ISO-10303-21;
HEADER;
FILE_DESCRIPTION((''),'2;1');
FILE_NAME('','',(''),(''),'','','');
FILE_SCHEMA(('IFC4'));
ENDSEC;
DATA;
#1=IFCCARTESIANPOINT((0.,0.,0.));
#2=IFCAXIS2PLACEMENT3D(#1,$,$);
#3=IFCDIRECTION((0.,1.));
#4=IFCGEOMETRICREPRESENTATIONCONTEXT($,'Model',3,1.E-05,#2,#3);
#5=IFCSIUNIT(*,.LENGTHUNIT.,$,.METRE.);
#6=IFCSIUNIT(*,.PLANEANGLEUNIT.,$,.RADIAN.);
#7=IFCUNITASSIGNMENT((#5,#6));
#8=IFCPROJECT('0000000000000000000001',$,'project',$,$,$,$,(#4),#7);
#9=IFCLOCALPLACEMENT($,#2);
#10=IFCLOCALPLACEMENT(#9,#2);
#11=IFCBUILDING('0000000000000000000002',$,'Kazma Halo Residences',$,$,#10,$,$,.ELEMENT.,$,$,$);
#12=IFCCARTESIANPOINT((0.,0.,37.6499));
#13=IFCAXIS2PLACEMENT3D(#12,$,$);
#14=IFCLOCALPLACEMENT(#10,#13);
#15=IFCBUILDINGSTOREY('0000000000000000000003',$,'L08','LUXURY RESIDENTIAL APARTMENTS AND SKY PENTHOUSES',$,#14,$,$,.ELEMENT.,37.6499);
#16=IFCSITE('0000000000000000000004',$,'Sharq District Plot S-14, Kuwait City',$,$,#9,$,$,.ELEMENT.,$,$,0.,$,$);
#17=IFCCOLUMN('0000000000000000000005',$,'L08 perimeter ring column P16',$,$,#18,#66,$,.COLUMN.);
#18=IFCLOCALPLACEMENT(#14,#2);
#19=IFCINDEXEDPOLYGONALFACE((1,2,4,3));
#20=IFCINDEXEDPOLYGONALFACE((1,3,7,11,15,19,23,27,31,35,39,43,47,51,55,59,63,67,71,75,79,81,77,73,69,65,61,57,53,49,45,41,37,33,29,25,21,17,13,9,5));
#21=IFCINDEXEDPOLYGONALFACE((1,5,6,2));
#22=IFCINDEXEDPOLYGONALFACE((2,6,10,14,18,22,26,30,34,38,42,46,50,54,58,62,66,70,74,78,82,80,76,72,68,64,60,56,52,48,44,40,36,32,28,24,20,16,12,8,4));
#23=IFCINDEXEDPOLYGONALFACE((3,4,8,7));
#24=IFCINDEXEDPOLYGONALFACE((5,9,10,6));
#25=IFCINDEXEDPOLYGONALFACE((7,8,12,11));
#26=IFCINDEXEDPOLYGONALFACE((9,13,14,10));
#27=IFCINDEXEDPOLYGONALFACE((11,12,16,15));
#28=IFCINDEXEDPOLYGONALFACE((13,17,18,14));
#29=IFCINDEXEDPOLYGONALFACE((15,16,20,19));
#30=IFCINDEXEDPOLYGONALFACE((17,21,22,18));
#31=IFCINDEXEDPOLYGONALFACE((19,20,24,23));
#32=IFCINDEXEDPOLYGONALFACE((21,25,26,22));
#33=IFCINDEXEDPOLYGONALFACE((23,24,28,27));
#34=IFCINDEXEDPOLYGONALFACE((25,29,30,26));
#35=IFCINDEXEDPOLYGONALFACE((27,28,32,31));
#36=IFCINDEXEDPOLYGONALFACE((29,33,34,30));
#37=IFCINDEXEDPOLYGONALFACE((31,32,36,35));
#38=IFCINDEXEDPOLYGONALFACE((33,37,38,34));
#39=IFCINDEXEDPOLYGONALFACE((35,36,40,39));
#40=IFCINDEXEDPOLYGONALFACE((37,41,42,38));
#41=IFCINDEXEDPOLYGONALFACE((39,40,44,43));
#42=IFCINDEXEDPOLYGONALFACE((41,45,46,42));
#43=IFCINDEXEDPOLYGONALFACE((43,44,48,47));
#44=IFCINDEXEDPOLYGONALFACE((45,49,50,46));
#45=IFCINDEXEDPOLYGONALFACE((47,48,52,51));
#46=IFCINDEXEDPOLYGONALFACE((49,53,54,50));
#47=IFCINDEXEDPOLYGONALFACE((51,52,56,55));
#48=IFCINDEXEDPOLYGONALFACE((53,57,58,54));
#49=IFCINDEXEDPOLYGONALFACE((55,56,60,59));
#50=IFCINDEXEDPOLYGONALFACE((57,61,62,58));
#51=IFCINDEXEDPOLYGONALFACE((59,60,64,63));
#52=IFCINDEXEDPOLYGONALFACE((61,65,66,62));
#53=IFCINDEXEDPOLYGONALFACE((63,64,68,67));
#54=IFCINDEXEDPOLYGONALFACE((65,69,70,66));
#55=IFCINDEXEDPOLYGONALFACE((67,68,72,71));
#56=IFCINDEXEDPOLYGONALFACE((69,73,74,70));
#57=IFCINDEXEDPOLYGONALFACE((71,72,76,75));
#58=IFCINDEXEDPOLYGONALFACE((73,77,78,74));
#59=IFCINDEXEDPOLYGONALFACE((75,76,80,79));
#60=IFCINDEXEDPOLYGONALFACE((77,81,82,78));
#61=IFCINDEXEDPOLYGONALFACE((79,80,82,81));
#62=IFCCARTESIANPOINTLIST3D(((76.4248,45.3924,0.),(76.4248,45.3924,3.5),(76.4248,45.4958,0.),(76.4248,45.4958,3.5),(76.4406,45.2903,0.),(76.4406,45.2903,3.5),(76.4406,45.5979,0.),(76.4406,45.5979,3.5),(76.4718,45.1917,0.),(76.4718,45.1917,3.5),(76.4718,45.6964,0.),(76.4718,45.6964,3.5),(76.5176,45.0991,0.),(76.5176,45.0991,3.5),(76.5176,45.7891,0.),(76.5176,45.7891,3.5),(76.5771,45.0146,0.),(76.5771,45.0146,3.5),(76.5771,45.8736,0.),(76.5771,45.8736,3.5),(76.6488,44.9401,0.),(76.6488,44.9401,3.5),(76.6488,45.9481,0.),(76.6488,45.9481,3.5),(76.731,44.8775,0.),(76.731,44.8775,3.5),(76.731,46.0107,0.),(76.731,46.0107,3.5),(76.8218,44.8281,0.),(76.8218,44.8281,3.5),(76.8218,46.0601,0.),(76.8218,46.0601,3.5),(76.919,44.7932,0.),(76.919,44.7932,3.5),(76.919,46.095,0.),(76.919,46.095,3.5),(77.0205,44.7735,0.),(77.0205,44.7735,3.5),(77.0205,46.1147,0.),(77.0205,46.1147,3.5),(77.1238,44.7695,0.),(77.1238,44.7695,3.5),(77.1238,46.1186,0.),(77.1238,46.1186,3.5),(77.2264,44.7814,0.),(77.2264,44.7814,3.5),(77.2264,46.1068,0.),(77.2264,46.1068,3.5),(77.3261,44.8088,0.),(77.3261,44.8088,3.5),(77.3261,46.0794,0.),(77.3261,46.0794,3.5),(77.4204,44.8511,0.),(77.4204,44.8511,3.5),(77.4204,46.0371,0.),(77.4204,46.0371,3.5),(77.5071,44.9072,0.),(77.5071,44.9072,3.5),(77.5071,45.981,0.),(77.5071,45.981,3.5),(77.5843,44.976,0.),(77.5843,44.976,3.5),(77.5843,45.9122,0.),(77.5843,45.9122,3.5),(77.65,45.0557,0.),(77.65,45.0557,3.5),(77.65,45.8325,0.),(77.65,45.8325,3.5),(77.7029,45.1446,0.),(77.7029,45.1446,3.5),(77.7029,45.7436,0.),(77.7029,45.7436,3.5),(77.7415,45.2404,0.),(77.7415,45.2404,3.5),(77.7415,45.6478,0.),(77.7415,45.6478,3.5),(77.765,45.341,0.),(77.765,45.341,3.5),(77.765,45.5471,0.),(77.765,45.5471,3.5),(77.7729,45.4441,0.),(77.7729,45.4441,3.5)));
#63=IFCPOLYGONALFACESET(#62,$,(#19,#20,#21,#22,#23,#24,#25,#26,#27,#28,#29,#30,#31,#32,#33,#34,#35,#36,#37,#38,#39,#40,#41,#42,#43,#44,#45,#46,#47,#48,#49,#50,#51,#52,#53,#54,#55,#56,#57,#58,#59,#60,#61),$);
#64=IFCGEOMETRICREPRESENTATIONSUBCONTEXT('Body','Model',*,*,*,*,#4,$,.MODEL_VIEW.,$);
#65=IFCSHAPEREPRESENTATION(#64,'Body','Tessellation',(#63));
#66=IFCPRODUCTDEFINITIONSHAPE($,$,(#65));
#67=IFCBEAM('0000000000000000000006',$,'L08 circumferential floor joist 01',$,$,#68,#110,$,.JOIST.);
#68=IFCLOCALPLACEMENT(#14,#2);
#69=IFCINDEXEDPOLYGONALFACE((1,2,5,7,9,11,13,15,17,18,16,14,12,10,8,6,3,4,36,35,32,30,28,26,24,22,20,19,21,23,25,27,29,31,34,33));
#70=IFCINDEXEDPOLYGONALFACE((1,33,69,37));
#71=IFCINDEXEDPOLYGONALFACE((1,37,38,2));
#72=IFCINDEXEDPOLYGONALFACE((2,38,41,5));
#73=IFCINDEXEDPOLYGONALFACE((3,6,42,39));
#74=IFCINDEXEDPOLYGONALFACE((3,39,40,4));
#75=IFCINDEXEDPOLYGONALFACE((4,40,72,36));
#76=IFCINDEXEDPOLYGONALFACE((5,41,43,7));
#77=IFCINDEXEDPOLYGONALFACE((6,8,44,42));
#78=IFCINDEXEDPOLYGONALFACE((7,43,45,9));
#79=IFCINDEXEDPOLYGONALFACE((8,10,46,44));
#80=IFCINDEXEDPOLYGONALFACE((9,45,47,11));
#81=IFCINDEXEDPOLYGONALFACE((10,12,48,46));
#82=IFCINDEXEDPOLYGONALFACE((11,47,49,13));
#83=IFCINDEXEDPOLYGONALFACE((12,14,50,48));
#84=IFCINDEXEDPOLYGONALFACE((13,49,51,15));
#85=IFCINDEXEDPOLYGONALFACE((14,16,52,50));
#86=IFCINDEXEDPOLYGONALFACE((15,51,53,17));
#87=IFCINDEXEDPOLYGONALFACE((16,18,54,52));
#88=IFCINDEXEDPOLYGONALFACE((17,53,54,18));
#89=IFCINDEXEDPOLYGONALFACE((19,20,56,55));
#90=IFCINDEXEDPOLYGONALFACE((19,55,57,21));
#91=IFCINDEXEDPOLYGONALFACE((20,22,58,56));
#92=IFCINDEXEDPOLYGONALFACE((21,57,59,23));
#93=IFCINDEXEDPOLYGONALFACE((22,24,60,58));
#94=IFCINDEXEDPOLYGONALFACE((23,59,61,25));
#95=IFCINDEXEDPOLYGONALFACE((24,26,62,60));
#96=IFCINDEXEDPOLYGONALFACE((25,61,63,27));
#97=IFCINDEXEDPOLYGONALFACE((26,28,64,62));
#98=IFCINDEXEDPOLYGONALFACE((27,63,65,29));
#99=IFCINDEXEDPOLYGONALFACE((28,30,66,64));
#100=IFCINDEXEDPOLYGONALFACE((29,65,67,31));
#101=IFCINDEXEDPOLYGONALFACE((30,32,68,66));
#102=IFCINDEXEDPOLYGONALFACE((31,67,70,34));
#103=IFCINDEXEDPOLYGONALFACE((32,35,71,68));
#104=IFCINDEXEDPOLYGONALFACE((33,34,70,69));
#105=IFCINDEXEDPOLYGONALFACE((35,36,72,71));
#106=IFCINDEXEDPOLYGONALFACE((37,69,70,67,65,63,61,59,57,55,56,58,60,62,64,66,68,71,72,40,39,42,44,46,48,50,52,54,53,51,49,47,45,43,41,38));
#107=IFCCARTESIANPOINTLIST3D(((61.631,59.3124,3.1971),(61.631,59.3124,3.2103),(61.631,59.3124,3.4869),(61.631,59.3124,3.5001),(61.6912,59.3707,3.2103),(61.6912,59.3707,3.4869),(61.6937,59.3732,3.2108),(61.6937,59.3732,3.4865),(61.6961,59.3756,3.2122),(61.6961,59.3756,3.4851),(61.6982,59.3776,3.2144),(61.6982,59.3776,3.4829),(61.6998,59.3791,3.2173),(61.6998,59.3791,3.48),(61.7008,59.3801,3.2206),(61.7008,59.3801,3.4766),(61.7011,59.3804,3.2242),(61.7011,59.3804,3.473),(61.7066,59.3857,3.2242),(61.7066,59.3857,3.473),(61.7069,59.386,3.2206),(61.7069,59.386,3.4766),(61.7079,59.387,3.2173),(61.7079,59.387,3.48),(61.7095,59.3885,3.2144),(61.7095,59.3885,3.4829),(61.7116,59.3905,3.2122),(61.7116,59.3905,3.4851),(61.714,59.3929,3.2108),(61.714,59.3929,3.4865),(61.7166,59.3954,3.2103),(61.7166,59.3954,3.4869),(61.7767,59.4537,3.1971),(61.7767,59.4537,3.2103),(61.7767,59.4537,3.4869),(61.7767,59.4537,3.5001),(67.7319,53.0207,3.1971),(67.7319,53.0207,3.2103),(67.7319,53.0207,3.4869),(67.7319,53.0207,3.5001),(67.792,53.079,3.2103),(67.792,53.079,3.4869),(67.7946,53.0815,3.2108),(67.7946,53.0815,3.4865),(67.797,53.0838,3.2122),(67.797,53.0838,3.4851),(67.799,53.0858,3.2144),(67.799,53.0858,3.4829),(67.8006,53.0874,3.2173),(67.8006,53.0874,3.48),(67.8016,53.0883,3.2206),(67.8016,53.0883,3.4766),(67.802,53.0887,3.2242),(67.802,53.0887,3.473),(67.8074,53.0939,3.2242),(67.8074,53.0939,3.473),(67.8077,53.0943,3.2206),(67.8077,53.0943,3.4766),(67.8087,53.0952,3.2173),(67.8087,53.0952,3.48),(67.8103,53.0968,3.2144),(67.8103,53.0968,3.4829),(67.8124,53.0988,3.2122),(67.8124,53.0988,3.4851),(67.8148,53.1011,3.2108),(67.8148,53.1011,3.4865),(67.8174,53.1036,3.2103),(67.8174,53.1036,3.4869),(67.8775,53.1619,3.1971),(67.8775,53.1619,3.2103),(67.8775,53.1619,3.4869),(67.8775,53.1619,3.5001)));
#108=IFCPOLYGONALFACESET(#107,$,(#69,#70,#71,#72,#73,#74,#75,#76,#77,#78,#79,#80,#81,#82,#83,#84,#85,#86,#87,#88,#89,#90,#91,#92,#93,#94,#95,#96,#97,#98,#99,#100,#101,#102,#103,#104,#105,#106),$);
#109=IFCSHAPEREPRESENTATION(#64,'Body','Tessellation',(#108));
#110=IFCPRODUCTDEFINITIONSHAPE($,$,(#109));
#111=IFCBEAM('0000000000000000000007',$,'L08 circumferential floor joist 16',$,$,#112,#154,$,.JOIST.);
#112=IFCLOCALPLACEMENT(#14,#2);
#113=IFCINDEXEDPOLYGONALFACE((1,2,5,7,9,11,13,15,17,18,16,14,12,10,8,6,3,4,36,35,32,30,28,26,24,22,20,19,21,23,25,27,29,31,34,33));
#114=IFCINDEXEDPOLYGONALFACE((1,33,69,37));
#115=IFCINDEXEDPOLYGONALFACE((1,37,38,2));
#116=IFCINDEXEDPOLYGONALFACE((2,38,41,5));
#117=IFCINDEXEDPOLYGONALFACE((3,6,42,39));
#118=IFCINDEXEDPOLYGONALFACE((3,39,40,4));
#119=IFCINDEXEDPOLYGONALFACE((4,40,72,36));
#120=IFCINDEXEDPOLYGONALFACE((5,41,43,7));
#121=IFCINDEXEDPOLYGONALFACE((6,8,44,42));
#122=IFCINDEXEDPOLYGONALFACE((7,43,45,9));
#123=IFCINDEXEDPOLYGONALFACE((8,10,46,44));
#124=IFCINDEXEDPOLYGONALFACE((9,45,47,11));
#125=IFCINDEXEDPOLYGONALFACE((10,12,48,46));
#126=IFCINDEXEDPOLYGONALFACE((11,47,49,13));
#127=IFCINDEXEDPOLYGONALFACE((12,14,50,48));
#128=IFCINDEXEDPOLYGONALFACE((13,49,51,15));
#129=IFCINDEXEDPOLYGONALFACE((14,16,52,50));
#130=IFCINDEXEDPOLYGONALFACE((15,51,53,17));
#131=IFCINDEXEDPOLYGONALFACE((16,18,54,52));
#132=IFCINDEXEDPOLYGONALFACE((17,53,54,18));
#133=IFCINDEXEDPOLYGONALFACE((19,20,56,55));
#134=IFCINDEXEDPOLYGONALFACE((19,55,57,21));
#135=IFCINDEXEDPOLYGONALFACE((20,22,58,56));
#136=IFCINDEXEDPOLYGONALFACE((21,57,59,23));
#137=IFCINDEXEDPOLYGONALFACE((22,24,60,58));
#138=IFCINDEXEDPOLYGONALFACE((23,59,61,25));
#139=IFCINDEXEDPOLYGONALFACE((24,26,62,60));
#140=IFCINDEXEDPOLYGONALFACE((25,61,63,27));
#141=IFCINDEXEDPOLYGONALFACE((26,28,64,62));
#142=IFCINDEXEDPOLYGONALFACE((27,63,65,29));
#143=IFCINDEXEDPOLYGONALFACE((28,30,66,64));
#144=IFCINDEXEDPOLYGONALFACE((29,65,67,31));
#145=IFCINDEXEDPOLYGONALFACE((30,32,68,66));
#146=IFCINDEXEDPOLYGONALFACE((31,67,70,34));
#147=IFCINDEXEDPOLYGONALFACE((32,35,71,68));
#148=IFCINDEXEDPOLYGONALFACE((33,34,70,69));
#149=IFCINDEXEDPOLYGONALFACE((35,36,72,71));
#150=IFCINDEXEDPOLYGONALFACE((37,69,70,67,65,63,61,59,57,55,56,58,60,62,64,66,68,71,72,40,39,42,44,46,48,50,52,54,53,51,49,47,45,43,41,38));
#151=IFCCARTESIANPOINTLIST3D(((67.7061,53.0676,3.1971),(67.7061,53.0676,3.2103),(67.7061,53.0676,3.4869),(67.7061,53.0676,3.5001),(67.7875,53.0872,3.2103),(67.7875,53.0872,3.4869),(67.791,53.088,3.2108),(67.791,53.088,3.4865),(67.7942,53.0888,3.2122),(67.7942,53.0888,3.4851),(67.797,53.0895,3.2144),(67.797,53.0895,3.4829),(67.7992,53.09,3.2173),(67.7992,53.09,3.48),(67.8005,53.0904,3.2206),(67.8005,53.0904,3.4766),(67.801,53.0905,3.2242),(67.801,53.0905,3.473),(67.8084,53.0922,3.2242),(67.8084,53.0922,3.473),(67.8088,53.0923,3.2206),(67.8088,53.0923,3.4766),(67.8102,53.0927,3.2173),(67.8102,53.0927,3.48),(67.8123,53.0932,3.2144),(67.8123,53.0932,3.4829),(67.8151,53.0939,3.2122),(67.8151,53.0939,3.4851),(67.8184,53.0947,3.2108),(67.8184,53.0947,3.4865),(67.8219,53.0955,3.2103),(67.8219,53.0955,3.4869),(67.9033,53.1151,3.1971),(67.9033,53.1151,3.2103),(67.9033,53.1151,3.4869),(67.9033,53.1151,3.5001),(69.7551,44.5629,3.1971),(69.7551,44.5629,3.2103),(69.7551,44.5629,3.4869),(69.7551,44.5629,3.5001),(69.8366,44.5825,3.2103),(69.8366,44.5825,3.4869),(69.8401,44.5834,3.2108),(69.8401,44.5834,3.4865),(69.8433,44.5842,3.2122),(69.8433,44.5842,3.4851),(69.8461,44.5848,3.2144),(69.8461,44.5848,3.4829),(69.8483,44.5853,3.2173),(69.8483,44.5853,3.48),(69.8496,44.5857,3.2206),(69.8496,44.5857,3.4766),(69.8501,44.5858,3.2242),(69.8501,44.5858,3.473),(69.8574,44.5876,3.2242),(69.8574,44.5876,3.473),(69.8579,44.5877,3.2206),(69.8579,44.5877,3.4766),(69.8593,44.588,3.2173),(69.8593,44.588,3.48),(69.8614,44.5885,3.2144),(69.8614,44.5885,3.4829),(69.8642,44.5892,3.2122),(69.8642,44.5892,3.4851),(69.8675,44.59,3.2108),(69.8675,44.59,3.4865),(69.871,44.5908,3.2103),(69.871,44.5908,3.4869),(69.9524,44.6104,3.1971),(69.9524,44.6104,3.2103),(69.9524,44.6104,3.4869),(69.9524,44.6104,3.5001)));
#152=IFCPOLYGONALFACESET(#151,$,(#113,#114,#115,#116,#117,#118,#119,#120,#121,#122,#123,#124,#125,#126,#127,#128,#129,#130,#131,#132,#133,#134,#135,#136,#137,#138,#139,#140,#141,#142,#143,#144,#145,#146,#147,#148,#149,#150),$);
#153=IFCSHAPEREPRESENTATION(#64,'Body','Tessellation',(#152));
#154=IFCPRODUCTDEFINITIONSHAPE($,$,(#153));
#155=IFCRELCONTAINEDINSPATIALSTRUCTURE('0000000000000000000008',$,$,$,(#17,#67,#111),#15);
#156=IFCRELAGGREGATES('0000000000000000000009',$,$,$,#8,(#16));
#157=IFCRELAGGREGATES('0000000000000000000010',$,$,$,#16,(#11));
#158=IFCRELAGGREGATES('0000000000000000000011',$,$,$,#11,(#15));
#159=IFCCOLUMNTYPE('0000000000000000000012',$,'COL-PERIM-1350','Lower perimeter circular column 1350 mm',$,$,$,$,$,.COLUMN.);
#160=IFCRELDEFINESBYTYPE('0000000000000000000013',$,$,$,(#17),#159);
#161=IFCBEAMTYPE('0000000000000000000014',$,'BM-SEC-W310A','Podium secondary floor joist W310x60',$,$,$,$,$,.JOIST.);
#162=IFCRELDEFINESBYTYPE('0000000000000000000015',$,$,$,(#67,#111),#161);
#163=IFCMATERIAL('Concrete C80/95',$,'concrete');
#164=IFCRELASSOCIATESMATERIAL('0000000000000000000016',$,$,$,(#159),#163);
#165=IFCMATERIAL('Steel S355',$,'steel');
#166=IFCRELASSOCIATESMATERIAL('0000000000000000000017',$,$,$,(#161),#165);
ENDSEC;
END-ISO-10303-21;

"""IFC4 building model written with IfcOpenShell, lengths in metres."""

from ifc_helpers import new_model, si_unit, direction, frame, origin, origin_2d, place, context, subcontext, project, spatial, circle, i_section, extrude, material, material_profile, profile_set, type_object, element, save


model = new_model("IFC4")

# Units and contexts
model_context = context("Model", 3, precision=1e-05, world=origin(), true_north=direction((0.0, 1.0)))
body_context = subcontext(model_context, "Body", "Model", "MODEL_VIEW")
ifc_project = project(units=[si_unit("LENGTHUNIT", "METRE"), si_unit("PLANEANGLEUNIT", "RADIAN")], contexts=[model_context])

# Site, building, storey
site_placement = place(None, origin())
site = spatial("IfcSite", under=ifc_project, at=site_placement, Name="Sharq District Plot S-14, Kuwait City", CompositionType="ELEMENT", RefElevation=0.0)
building_placement = place(site_placement, origin())
building = spatial("IfcBuilding", under=site, at=building_placement, Name="Kazma Halo Residences", CompositionType="ELEMENT")
storey_placement = place(building_placement, frame((0.0, 0.0, 37.6499)))
storey = spatial("IfcBuildingStorey", under=building, at=storey_placement, Name="L08", Description="LUXURY RESIDENTIAL APARTMENTS AND SKY PENTHOUSES", CompositionType="ELEMENT", Elevation=37.6499)

# Column
ifc_material_1 = material(Name="Concrete C80/95", Category="concrete")
ifc_material_profile_1 = material_profile(ifc_material_1, circle(Radius=0.675, at=origin_2d()), Name="CIRC1350")
ifc_profile_set_1 = profile_set([ifc_material_profile_1], Name="Concrete C80/95")
column_type = type_object("IfcColumnType", Name="COL-PERIM-1350", Description="Lower perimeter circular column 1350 mm", PredefinedType="COLUMN", material=ifc_profile_set_1)
column_placement = place(storey_placement, frame((77.0979, 45.4441, 0.0), z_axis=(0.0, 0.0, 1.0), x_axis=(1.0, 0.0, 0.0)))
element("IfcColumn", 1, at=column_placement, inside=storey, type_object=column_type, Name="L08 perimeter ring column P16", PredefinedType="COLUMN", context=body_context, shape_type="SweptSolid", body=[
    extrude(circle(Radius=0.675, at=origin_2d()), origin(), (0.0, 0.0, 1.0), 3.5),
])

# Beams
ifc_material_2 = material(Name="Steel S355", Category="steel")
ifc_material_profile_2 = material_profile(ifc_material_2, i_section(OverallWidth=0.2029, OverallDepth=0.303, WebThickness=0.0076, FlangeThickness=0.0132, FilletRadius=0.0139, at=origin_2d()), Name="W310x60")
ifc_profile_set_2 = profile_set([ifc_material_profile_2], Name="Steel S355")
beam_type_1 = type_object("IfcBeamType", Name="BM-SEC-W310A", Description="Podium secondary floor joist W310x60", PredefinedType="JOIST", material=ifc_profile_set_2)
beam_1_placement = place(storey_placement, frame((67.8047, 53.0913, 3.3486), z_axis=(-0.696131, 0.717915, 0.0), x_axis=(-0.717915, -0.696131, 0.0)))
element("IfcBeam", 2, at=beam_1_placement, inside=storey, type_object=beam_type_1, Name="L08 circumferential floor joist 01", PredefinedType="JOIST", context=body_context, shape_type="SweptSolid", body=[
    extrude(i_section(OverallWidth=0.2029, OverallDepth=0.303, WebThickness=0.0076, FlangeThickness=0.0132, FilletRadius=0.0139, at=origin_2d()), origin(), (0.0, 0.0, 1.0), 8.7639),
])
beam_2_placement = place(storey_placement, frame((69.8538, 44.5867, 3.3486), z_axis=(-0.234233, 0.97218, 0.0), x_axis=(-0.97218, -0.234233, 0.0)))
element("IfcBeam", 3, at=beam_2_placement, inside=storey, type_object=beam_type_1, Name="L08 circumferential floor joist 16", PredefinedType="JOIST", context=body_context, shape_type="SweptSolid", body=[
    extrude(i_section(OverallWidth=0.2029, OverallDepth=0.303, WebThickness=0.0076, FlangeThickness=0.0132, FilletRadius=0.0139, at=origin_2d()), origin(), (0.0, 0.0, 1.0), 8.748),
])

save(model, "model.ifc")
